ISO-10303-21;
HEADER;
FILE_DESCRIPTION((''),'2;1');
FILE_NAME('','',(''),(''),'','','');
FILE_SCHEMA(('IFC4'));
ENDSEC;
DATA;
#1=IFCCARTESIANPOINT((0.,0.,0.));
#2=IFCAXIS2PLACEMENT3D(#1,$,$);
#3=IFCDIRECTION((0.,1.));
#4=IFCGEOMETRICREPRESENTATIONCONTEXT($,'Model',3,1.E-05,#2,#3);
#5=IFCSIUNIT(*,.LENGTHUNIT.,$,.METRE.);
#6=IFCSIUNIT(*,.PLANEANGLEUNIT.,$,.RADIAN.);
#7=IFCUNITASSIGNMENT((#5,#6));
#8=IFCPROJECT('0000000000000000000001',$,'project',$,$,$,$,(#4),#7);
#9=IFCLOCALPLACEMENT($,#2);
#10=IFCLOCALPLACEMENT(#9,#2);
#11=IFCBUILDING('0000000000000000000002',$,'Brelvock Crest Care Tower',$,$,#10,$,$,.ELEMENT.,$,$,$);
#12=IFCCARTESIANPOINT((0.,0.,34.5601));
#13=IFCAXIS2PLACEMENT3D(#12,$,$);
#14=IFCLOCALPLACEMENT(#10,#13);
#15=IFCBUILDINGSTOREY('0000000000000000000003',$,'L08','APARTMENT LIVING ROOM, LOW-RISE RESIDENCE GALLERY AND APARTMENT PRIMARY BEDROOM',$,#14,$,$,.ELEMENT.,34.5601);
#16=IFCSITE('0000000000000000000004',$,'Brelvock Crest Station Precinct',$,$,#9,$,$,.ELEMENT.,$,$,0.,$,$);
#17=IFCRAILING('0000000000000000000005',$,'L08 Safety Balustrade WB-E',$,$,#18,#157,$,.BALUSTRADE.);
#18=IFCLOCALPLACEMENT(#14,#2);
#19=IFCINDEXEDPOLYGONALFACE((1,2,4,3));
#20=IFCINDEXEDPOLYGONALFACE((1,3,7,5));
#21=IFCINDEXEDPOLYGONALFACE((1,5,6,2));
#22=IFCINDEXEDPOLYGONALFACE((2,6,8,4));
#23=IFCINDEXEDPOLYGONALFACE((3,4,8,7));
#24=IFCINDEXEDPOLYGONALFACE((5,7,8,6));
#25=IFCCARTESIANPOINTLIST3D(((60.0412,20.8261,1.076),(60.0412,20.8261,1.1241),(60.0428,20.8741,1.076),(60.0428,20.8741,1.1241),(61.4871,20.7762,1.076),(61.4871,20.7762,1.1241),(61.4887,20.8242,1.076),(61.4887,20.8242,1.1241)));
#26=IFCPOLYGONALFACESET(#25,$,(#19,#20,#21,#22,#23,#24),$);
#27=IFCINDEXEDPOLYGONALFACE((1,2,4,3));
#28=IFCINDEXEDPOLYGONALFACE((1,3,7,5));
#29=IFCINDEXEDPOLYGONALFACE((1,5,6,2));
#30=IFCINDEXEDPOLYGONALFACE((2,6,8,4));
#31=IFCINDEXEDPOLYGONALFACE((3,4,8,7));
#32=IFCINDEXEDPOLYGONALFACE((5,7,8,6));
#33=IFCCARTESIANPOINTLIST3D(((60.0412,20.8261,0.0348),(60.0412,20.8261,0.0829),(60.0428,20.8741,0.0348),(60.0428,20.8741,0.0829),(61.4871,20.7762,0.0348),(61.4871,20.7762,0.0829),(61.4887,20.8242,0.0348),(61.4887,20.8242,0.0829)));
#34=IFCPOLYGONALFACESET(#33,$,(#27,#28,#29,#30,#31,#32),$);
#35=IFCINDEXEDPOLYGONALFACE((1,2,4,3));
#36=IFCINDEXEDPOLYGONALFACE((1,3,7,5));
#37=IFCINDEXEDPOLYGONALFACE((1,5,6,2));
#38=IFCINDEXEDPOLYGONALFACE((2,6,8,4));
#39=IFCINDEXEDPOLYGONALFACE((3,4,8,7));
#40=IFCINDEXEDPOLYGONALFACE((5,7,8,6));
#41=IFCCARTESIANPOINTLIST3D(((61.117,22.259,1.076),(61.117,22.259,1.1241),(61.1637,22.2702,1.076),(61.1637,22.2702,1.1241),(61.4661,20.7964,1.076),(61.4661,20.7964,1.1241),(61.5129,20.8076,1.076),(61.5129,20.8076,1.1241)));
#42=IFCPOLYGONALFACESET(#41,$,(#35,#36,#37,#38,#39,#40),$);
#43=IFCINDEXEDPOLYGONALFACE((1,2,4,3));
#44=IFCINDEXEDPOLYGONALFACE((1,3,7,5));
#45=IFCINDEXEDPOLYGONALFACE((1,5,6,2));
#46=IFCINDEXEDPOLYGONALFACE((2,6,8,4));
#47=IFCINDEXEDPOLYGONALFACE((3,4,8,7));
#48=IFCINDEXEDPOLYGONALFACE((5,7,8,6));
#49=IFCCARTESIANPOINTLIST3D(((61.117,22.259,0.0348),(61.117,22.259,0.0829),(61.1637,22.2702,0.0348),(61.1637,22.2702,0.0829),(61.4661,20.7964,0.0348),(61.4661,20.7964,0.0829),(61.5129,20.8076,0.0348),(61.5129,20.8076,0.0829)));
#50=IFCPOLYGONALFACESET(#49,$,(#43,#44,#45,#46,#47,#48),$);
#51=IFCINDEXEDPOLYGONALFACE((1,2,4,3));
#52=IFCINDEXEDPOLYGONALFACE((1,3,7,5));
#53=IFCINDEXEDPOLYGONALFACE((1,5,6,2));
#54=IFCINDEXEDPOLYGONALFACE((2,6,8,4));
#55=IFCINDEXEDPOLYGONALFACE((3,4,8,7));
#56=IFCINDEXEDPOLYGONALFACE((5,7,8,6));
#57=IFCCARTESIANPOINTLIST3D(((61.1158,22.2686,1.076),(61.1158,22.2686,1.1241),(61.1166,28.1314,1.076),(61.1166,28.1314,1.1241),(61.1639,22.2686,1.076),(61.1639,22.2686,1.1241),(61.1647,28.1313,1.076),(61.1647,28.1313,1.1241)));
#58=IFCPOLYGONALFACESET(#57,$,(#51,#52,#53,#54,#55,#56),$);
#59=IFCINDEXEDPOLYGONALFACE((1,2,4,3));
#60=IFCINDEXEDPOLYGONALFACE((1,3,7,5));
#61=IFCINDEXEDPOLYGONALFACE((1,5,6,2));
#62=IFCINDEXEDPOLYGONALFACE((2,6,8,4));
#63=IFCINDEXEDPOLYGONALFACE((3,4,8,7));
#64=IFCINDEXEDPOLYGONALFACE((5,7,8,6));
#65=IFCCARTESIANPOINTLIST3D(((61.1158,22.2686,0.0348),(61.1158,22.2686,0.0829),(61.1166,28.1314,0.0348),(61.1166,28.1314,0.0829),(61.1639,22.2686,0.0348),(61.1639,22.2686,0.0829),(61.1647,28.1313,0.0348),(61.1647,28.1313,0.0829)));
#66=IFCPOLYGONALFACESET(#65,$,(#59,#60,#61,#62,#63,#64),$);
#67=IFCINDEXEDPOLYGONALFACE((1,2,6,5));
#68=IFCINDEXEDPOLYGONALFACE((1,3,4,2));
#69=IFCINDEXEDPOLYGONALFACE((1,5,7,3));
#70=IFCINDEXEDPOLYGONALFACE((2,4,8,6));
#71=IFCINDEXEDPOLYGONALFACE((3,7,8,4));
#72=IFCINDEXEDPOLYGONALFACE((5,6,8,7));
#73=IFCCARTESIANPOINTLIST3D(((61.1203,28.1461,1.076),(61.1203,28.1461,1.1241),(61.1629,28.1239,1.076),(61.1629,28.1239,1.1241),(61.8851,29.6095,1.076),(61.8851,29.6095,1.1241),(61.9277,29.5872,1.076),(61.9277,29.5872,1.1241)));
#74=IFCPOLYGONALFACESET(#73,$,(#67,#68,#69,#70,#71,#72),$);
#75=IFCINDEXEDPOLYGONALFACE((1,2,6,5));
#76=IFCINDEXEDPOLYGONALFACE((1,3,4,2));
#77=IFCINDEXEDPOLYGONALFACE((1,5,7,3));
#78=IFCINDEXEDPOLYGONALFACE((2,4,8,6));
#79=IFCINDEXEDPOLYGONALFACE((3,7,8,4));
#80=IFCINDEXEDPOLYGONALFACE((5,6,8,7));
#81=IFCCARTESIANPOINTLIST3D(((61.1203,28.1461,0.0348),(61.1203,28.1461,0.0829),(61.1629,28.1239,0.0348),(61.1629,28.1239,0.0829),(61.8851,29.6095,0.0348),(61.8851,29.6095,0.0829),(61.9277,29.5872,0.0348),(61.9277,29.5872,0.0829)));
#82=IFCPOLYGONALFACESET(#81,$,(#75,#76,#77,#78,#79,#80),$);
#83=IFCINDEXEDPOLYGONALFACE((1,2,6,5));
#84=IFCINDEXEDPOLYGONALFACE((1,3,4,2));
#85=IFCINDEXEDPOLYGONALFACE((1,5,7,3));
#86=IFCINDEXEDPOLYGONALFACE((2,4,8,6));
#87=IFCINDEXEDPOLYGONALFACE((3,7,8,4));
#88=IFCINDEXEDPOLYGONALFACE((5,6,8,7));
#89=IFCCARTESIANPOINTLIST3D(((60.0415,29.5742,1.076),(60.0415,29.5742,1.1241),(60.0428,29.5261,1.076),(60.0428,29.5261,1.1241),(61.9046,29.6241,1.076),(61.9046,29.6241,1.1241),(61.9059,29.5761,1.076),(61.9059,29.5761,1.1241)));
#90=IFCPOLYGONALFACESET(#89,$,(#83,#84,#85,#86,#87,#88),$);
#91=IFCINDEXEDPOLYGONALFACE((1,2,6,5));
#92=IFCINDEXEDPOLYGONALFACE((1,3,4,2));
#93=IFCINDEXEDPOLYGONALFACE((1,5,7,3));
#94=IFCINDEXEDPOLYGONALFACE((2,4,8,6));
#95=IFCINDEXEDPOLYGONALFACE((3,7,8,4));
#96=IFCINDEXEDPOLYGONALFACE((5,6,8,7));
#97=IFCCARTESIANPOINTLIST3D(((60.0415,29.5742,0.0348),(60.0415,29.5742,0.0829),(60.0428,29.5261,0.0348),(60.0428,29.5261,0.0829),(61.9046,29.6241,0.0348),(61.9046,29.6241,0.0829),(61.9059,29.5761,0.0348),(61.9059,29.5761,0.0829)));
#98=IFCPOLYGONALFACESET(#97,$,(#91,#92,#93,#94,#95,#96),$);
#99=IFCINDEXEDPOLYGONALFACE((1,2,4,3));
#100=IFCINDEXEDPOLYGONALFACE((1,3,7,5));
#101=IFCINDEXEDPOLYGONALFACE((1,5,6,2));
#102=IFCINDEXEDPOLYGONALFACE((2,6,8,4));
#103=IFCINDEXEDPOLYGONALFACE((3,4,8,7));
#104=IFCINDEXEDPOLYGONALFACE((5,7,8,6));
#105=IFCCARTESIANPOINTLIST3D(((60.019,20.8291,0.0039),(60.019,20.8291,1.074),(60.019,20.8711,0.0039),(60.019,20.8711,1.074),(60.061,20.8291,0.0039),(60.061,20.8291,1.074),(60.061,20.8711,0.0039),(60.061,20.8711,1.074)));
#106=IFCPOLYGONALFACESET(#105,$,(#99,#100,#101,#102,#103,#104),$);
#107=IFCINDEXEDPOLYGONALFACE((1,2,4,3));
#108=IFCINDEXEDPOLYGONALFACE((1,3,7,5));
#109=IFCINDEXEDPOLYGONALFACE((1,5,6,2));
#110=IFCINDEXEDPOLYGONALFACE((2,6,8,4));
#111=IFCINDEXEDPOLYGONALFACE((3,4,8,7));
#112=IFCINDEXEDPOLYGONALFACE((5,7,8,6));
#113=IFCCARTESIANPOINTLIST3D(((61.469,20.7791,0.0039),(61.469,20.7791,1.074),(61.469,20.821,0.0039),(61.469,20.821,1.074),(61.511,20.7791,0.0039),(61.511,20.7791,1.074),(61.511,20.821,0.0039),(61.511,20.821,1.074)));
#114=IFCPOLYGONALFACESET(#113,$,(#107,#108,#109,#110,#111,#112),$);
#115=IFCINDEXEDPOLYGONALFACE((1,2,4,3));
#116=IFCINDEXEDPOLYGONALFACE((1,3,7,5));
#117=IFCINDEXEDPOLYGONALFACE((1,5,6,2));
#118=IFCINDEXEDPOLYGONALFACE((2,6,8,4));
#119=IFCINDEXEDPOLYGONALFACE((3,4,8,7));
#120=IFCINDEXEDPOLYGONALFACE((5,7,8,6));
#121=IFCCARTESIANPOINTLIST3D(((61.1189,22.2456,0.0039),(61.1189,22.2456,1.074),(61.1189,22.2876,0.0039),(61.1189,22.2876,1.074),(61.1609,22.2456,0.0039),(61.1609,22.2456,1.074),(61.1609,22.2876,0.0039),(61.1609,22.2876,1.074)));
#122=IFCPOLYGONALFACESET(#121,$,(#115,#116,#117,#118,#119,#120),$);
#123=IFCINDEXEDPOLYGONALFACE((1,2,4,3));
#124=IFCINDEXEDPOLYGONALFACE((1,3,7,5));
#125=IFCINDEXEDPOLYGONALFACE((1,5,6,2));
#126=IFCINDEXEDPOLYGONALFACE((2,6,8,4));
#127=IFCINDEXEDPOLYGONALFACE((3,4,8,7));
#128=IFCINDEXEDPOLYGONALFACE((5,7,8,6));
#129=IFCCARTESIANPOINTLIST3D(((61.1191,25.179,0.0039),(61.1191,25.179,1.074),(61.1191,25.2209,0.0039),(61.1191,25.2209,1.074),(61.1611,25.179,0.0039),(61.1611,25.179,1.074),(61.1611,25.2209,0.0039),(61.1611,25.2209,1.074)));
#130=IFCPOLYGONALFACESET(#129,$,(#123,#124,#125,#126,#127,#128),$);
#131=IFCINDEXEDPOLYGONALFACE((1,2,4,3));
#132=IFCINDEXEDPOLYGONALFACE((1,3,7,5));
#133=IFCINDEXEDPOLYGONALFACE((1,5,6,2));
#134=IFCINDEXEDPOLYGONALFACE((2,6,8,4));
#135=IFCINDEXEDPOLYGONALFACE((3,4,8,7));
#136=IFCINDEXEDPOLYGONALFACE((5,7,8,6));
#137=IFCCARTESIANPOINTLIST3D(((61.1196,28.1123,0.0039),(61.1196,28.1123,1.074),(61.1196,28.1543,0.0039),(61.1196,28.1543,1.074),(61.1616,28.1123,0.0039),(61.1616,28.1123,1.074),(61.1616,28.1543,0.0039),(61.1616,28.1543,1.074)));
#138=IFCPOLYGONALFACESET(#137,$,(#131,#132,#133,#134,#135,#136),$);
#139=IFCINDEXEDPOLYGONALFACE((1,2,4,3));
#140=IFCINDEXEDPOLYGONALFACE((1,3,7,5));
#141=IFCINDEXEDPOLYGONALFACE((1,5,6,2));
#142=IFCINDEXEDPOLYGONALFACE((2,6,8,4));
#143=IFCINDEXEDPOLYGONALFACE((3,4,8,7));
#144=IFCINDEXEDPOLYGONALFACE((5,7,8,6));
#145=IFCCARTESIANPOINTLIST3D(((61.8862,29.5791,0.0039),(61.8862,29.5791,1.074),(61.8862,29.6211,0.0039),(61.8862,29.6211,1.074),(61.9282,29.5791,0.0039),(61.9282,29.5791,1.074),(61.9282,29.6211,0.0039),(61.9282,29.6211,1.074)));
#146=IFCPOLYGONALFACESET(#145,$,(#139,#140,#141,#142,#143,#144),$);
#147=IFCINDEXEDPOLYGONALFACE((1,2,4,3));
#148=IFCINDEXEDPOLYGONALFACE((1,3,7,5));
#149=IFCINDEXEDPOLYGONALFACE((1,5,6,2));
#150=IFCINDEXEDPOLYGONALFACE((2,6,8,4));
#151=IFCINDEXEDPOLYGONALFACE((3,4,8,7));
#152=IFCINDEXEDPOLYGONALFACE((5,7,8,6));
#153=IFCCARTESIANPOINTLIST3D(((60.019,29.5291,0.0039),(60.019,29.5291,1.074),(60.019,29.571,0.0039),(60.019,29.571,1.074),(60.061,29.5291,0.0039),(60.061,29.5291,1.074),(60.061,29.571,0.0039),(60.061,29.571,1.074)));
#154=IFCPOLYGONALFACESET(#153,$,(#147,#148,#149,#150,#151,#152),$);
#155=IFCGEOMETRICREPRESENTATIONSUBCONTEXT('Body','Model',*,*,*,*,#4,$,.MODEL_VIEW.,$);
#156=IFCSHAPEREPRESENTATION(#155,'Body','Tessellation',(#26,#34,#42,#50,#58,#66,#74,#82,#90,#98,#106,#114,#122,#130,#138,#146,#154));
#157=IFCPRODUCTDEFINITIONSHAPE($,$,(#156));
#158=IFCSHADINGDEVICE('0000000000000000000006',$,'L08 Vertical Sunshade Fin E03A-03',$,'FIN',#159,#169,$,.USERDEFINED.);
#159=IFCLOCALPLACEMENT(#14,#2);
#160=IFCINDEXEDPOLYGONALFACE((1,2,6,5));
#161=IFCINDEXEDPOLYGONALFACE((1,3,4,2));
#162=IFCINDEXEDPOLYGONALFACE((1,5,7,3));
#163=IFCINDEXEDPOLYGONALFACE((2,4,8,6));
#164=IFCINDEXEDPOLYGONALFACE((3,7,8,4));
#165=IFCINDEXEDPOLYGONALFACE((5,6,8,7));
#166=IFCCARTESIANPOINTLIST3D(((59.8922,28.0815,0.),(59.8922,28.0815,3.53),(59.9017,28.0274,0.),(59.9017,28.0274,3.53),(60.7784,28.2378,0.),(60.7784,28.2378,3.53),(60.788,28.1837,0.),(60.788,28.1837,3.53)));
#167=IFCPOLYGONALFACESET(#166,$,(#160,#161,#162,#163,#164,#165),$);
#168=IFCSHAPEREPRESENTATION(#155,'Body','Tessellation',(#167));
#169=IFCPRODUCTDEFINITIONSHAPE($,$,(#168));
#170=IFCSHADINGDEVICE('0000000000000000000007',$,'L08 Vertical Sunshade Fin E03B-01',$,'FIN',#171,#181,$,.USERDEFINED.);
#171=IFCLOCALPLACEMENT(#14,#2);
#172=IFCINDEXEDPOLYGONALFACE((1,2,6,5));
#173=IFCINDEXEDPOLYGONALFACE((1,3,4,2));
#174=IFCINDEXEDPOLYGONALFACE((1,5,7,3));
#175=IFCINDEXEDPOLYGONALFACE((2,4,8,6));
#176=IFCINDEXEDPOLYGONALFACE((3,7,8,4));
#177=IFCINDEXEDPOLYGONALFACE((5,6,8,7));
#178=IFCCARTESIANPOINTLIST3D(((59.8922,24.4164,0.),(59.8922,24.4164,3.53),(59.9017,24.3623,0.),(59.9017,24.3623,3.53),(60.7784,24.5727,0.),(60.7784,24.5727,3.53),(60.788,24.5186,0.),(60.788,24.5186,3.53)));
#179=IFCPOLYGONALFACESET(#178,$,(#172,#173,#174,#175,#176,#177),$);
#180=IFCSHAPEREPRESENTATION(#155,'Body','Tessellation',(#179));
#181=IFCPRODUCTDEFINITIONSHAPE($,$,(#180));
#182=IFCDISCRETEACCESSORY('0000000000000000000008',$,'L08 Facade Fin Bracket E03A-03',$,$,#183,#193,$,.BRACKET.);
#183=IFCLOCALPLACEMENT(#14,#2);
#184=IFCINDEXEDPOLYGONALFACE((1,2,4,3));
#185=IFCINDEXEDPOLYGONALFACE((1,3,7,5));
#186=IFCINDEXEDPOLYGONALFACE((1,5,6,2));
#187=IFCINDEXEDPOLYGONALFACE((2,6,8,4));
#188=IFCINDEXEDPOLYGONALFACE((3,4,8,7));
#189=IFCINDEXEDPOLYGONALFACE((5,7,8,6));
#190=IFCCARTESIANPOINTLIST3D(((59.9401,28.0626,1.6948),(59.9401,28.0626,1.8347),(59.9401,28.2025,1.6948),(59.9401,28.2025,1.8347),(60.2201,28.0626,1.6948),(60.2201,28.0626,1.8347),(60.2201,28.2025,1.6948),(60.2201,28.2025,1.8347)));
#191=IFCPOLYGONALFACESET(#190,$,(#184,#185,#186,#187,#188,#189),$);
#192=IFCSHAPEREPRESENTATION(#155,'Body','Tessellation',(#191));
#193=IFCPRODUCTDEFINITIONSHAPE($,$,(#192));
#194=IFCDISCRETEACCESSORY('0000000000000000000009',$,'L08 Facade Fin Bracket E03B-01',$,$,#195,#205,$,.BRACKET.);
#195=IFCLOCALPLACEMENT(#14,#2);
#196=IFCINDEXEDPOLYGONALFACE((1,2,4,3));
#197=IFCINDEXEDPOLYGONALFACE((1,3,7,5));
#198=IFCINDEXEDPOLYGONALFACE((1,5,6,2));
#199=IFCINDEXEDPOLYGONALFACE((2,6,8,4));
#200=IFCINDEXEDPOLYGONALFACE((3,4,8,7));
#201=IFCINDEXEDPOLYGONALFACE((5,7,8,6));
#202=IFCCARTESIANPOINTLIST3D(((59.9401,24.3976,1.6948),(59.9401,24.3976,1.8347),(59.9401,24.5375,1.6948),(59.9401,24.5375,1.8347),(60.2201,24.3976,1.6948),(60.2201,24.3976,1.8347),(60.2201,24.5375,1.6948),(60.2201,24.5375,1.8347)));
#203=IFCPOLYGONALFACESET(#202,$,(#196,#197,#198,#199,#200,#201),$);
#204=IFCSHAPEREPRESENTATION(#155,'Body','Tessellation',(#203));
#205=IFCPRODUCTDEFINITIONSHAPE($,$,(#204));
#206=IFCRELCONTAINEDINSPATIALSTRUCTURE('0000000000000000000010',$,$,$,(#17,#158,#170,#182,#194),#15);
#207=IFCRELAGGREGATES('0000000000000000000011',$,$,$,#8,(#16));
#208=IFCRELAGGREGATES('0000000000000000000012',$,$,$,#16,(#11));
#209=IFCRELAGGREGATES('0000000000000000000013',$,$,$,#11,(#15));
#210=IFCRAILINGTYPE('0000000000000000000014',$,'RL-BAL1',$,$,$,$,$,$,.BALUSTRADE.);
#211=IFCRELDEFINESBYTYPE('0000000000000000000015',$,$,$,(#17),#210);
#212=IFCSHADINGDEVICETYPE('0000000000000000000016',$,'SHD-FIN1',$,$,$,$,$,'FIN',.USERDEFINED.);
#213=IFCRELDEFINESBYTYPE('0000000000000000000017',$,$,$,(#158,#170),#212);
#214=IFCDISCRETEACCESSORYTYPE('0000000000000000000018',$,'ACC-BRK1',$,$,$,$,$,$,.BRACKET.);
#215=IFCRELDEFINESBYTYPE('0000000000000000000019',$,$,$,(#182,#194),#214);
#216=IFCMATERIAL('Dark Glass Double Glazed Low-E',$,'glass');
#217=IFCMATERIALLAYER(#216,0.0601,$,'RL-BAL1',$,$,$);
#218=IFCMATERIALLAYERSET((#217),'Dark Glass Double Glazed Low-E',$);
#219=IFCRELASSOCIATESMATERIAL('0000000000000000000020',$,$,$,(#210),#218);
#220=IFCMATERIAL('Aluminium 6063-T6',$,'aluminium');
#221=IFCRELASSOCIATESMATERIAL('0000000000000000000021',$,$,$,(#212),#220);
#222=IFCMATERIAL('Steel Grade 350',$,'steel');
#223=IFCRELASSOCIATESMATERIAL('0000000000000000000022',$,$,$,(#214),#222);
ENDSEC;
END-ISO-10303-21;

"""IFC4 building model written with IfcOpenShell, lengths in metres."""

from ifc_helpers import new_model, si_unit, direction, frame, origin, origin_2d, place, context, subcontext, project, spatial, rectangle, extrude, source, transform, mapped, material, layer, layer_set, material_profile, profile_set, type_object, element, save


model = new_model("IFC4")

# Units and contexts
model_context = context("Model", 3, precision=1e-05, world=origin(), true_north=direction((0.0, 1.0)))
body_context = subcontext(model_context, "Body", "Model", "MODEL_VIEW")
ifc_project = project(units=[si_unit("LENGTHUNIT", "METRE"), si_unit("PLANEANGLEUNIT", "RADIAN")], contexts=[model_context])

# Site, building, storey
site_placement = place(None, origin())
site = spatial("IfcSite", under=ifc_project, at=site_placement, Name="Brelvock Crest Station Precinct", CompositionType="ELEMENT", RefElevation=0.0)
building_placement = place(site_placement, origin())
building = spatial("IfcBuilding", under=site, at=building_placement, Name="Brelvock Crest Care Tower", CompositionType="ELEMENT")
storey_placement = place(building_placement, frame((0.0, 0.0, 34.5601)))
storey = spatial("IfcBuildingStorey", under=building, at=storey_placement, Name="L08", Description="APARTMENT LIVING ROOM, LOW-RISE RESIDENCE GALLERY AND APARTMENT PRIMARY BEDROOM", CompositionType="ELEMENT", Elevation=34.5601)

# Shared definitions
ifc_material_1 = material(Name="Dark Glass Double Glazed Low-E", Category="glass")
ifc_material_2 = material(Name="Aluminium 6063-T6", Category="aluminium")

# Railing
ifc_layer_1 = layer(ifc_material_1, 0.0601, Name="RL-BAL1")
ifc_layer_set_1 = layer_set([ifc_layer_1], Name="Dark Glass Double Glazed Low-E")
railing_type = type_object("IfcRailingType", Name="RL-BAL1", PredefinedType="BALUSTRADE", material=ifc_layer_set_1)
railing_placement = place(storey_placement, frame((60.04, 20.8501, 0.0039)))
element("IfcRailing", 1, at=railing_placement, inside=storey, type_object=railing_type, Name="L08 Safety Balustrade WB-E", PredefinedType="BALUSTRADE", context=body_context, shape_type="SweptSolid", body=[
    extrude(rectangle(XDim=0.0481, YDim=0.0481, at=origin_2d()), frame((0.002, 0.0, 1.0962), z_axis=(0.999405, -0.034497, 0.0), x_axis=(0.034497, 0.999405, 0.0)), (0.0, 0.0, 1.0), 1.4468),
    extrude(rectangle(XDim=0.0481, YDim=0.0481, at=origin_2d()), frame((0.002, 0.0, 0.0549), z_axis=(0.999405, -0.034497, 0.0), x_axis=(0.034497, 0.999405, 0.0)), (0.0, 0.0, 1.0), 1.4468),
    extrude(rectangle(XDim=0.0481, YDim=0.0481, at=origin_2d()), frame((1.4495, -0.0481, 1.0962), z_axis=(-0.232197, 0.972669, 0.0), x_axis=(-0.972669, -0.232197, 0.0)), (0.0, 0.0, 1.0), 1.5037),
    extrude(rectangle(XDim=0.0481, YDim=0.0481, at=origin_2d()), frame((1.4495, -0.0481, 0.0549), z_axis=(-0.232197, 0.972669, 0.0), x_axis=(-0.972669, -0.232197, 0.0)), (0.0, 0.0, 1.0), 1.5037),
    extrude(rectangle(XDim=0.0481, YDim=0.0481, at=origin_2d()), frame((1.0999, 1.4185, 1.0962), z_axis=(0.000125, 1.0, 0.0), x_axis=(-1.0, 0.000125, 0.0)), (0.0, 0.0, 1.0), 5.8628),
    extrude(rectangle(XDim=0.0481, YDim=0.0481, at=origin_2d()), frame((1.0999, 1.4185, 0.0549), z_axis=(0.000125, 1.0, 0.0), x_axis=(-1.0, 0.000125, 0.0)), (0.0, 0.0, 1.0), 5.8628),
    extrude(rectangle(XDim=0.0481, YDim=0.0481, at=origin_2d()), frame((1.1016, 7.2849, 1.0962), z_axis=(0.463191, 0.886258, 0.0), x_axis=(-0.886258, 0.463191, 0.0)), (0.0, 0.0, 1.0), 1.6511),
    extrude(rectangle(XDim=0.0481, YDim=0.0481, at=origin_2d()), frame((1.1016, 7.2849, 0.0549), z_axis=(0.463191, 0.886258, 0.0), x_axis=(-0.886258, 0.463191, 0.0)), (0.0, 0.0, 1.0), 1.6511),
    extrude(rectangle(XDim=0.0481, YDim=0.0481, at=origin_2d()), frame((1.8652, 8.75, 1.0962), z_axis=(-0.999641, -0.026795, 0.0), x_axis=(0.026795, -0.999641, 0.0)), (0.0, 0.0, 1.0), 1.8638),
    extrude(rectangle(XDim=0.0481, YDim=0.0481, at=origin_2d()), frame((1.8652, 8.75, 0.0549), z_axis=(-0.999641, -0.026795, 0.0), x_axis=(0.026795, -0.999641, 0.0)), (0.0, 0.0, 1.0), 1.8638),
    extrude(rectangle(XDim=0.042, YDim=0.042, at=origin_2d()), origin(), (0.0, 0.0, 1.0), 1.0701),
    extrude(rectangle(XDim=0.042, YDim=0.042, at=origin_2d()), frame((1.45, -0.05, 0.0)), (0.0, 0.0, 1.0), 1.0701),
    extrude(rectangle(XDim=0.042, YDim=0.042, at=origin_2d()), frame((1.0999, 1.4165, 0.0)), (0.0, 0.0, 1.0), 1.0701),
    extrude(rectangle(XDim=0.042, YDim=0.042, at=origin_2d()), frame((1.1001, 4.3499, 0.0)), (0.0, 0.0, 1.0), 1.0701),
    extrude(rectangle(XDim=0.042, YDim=0.042, at=origin_2d()), frame((1.1006, 7.2832, 0.0)), (0.0, 0.0, 1.0), 1.0701),
    extrude(rectangle(XDim=0.042, YDim=0.042, at=origin_2d()), frame((1.8672, 8.75, 0.0)), (0.0, 0.0, 1.0), 1.0701),
    extrude(rectangle(XDim=0.042, YDim=0.042, at=origin_2d()), frame((0.0, 8.7, 0.0)), (0.0, 0.0, 1.0), 1.0701),
])

# Shading devices
ifc_material_profile_1 = material_profile(ifc_material_2, rectangle(XDim=0.0549, YDim=0.8999, at=origin_2d()), Name="FIN55x900")
ifc_profile_set_1 = profile_set([ifc_material_profile_1], Name="Aluminium 6063-T6")
shading_device_type = type_object("IfcShadingDeviceType", Name="SHD-FIN1", ElementType="FIN", PredefinedType="USERDEFINED", material=ifc_profile_set_1)
shared_shape_1 = source(origin(), body_context, "Body", "SweptSolid", [
    extrude(rectangle(XDim=0.0549, YDim=0.8999, at=origin_2d()), origin(), (0.0, 0.0, 1.0), 3.53),
])
for number, where, z_axis, x_axis, name in (
    (2, (60.3401, 28.1326, 0.0), (0.0, 0.0, 1.0), (0.173648, -0.984808, 0.0), "L08 Vertical Sunshade Fin E03A-03"),
    (3, (60.3401, 24.4675, 0.0), (0.0, 0.0, 1.0), (0.173648, -0.984808, 0.0), "L08 Vertical Sunshade Fin E03B-01"),
):
    element("IfcShadingDevice", number, at=place(storey_placement, frame(where, z_axis=z_axis, x_axis=x_axis)), inside=storey, type_object=shading_device_type, Name=name, ObjectType="FIN", PredefinedType="USERDEFINED", context=body_context, shape_type="MappedRepresentation", body=[
        mapped(shared_shape_1, transform((0.0, 0.0, 0.0), x_axis=(1.0, 0.0, 0.0), y_axis=(0.0, 1.0, 0.0), z_axis=(0.0, 0.0, 1.0), scale=1.0)),
    ])

# Discrete accessories
ifc_material_3 = material(Name="Steel Grade 350", Category="steel")
discrete_accessory_type = type_object("IfcDiscreteAccessoryType", Name="ACC-BRK1", PredefinedType="BRACKET", material=ifc_material_3)
shared_shape_2 = source(origin(), body_context, "Body", "SweptSolid", [
    extrude(rectangle(XDim=0.28, YDim=0.1399, at=origin_2d()), origin(), (0.0, 0.0, 1.0), 0.1399),
])
for number, where, z_axis, x_axis, name in (
    (4, (60.0801, 28.1326, 1.6948), (0.0, 0.0, 1.0), (1.0, 0.0, 0.0), "L08 Facade Fin Bracket E03A-03"),
    (5, (60.0801, 24.4675, 1.6948), (0.0, 0.0, 1.0), (1.0, 0.0, 0.0), "L08 Facade Fin Bracket E03B-01"),
):
    element("IfcDiscreteAccessory", number, at=place(storey_placement, frame(where, z_axis=z_axis, x_axis=x_axis)), inside=storey, type_object=discrete_accessory_type, Name=name, PredefinedType="BRACKET", context=body_context, shape_type="MappedRepresentation", body=[
        mapped(shared_shape_2, transform((0.0, 0.0, 0.0), x_axis=(1.0, 0.0, 0.0), y_axis=(0.0, 1.0, 0.0), z_axis=(0.0, 0.0, 1.0), scale=1.0)),
    ])

save(model, "model.ifc")
